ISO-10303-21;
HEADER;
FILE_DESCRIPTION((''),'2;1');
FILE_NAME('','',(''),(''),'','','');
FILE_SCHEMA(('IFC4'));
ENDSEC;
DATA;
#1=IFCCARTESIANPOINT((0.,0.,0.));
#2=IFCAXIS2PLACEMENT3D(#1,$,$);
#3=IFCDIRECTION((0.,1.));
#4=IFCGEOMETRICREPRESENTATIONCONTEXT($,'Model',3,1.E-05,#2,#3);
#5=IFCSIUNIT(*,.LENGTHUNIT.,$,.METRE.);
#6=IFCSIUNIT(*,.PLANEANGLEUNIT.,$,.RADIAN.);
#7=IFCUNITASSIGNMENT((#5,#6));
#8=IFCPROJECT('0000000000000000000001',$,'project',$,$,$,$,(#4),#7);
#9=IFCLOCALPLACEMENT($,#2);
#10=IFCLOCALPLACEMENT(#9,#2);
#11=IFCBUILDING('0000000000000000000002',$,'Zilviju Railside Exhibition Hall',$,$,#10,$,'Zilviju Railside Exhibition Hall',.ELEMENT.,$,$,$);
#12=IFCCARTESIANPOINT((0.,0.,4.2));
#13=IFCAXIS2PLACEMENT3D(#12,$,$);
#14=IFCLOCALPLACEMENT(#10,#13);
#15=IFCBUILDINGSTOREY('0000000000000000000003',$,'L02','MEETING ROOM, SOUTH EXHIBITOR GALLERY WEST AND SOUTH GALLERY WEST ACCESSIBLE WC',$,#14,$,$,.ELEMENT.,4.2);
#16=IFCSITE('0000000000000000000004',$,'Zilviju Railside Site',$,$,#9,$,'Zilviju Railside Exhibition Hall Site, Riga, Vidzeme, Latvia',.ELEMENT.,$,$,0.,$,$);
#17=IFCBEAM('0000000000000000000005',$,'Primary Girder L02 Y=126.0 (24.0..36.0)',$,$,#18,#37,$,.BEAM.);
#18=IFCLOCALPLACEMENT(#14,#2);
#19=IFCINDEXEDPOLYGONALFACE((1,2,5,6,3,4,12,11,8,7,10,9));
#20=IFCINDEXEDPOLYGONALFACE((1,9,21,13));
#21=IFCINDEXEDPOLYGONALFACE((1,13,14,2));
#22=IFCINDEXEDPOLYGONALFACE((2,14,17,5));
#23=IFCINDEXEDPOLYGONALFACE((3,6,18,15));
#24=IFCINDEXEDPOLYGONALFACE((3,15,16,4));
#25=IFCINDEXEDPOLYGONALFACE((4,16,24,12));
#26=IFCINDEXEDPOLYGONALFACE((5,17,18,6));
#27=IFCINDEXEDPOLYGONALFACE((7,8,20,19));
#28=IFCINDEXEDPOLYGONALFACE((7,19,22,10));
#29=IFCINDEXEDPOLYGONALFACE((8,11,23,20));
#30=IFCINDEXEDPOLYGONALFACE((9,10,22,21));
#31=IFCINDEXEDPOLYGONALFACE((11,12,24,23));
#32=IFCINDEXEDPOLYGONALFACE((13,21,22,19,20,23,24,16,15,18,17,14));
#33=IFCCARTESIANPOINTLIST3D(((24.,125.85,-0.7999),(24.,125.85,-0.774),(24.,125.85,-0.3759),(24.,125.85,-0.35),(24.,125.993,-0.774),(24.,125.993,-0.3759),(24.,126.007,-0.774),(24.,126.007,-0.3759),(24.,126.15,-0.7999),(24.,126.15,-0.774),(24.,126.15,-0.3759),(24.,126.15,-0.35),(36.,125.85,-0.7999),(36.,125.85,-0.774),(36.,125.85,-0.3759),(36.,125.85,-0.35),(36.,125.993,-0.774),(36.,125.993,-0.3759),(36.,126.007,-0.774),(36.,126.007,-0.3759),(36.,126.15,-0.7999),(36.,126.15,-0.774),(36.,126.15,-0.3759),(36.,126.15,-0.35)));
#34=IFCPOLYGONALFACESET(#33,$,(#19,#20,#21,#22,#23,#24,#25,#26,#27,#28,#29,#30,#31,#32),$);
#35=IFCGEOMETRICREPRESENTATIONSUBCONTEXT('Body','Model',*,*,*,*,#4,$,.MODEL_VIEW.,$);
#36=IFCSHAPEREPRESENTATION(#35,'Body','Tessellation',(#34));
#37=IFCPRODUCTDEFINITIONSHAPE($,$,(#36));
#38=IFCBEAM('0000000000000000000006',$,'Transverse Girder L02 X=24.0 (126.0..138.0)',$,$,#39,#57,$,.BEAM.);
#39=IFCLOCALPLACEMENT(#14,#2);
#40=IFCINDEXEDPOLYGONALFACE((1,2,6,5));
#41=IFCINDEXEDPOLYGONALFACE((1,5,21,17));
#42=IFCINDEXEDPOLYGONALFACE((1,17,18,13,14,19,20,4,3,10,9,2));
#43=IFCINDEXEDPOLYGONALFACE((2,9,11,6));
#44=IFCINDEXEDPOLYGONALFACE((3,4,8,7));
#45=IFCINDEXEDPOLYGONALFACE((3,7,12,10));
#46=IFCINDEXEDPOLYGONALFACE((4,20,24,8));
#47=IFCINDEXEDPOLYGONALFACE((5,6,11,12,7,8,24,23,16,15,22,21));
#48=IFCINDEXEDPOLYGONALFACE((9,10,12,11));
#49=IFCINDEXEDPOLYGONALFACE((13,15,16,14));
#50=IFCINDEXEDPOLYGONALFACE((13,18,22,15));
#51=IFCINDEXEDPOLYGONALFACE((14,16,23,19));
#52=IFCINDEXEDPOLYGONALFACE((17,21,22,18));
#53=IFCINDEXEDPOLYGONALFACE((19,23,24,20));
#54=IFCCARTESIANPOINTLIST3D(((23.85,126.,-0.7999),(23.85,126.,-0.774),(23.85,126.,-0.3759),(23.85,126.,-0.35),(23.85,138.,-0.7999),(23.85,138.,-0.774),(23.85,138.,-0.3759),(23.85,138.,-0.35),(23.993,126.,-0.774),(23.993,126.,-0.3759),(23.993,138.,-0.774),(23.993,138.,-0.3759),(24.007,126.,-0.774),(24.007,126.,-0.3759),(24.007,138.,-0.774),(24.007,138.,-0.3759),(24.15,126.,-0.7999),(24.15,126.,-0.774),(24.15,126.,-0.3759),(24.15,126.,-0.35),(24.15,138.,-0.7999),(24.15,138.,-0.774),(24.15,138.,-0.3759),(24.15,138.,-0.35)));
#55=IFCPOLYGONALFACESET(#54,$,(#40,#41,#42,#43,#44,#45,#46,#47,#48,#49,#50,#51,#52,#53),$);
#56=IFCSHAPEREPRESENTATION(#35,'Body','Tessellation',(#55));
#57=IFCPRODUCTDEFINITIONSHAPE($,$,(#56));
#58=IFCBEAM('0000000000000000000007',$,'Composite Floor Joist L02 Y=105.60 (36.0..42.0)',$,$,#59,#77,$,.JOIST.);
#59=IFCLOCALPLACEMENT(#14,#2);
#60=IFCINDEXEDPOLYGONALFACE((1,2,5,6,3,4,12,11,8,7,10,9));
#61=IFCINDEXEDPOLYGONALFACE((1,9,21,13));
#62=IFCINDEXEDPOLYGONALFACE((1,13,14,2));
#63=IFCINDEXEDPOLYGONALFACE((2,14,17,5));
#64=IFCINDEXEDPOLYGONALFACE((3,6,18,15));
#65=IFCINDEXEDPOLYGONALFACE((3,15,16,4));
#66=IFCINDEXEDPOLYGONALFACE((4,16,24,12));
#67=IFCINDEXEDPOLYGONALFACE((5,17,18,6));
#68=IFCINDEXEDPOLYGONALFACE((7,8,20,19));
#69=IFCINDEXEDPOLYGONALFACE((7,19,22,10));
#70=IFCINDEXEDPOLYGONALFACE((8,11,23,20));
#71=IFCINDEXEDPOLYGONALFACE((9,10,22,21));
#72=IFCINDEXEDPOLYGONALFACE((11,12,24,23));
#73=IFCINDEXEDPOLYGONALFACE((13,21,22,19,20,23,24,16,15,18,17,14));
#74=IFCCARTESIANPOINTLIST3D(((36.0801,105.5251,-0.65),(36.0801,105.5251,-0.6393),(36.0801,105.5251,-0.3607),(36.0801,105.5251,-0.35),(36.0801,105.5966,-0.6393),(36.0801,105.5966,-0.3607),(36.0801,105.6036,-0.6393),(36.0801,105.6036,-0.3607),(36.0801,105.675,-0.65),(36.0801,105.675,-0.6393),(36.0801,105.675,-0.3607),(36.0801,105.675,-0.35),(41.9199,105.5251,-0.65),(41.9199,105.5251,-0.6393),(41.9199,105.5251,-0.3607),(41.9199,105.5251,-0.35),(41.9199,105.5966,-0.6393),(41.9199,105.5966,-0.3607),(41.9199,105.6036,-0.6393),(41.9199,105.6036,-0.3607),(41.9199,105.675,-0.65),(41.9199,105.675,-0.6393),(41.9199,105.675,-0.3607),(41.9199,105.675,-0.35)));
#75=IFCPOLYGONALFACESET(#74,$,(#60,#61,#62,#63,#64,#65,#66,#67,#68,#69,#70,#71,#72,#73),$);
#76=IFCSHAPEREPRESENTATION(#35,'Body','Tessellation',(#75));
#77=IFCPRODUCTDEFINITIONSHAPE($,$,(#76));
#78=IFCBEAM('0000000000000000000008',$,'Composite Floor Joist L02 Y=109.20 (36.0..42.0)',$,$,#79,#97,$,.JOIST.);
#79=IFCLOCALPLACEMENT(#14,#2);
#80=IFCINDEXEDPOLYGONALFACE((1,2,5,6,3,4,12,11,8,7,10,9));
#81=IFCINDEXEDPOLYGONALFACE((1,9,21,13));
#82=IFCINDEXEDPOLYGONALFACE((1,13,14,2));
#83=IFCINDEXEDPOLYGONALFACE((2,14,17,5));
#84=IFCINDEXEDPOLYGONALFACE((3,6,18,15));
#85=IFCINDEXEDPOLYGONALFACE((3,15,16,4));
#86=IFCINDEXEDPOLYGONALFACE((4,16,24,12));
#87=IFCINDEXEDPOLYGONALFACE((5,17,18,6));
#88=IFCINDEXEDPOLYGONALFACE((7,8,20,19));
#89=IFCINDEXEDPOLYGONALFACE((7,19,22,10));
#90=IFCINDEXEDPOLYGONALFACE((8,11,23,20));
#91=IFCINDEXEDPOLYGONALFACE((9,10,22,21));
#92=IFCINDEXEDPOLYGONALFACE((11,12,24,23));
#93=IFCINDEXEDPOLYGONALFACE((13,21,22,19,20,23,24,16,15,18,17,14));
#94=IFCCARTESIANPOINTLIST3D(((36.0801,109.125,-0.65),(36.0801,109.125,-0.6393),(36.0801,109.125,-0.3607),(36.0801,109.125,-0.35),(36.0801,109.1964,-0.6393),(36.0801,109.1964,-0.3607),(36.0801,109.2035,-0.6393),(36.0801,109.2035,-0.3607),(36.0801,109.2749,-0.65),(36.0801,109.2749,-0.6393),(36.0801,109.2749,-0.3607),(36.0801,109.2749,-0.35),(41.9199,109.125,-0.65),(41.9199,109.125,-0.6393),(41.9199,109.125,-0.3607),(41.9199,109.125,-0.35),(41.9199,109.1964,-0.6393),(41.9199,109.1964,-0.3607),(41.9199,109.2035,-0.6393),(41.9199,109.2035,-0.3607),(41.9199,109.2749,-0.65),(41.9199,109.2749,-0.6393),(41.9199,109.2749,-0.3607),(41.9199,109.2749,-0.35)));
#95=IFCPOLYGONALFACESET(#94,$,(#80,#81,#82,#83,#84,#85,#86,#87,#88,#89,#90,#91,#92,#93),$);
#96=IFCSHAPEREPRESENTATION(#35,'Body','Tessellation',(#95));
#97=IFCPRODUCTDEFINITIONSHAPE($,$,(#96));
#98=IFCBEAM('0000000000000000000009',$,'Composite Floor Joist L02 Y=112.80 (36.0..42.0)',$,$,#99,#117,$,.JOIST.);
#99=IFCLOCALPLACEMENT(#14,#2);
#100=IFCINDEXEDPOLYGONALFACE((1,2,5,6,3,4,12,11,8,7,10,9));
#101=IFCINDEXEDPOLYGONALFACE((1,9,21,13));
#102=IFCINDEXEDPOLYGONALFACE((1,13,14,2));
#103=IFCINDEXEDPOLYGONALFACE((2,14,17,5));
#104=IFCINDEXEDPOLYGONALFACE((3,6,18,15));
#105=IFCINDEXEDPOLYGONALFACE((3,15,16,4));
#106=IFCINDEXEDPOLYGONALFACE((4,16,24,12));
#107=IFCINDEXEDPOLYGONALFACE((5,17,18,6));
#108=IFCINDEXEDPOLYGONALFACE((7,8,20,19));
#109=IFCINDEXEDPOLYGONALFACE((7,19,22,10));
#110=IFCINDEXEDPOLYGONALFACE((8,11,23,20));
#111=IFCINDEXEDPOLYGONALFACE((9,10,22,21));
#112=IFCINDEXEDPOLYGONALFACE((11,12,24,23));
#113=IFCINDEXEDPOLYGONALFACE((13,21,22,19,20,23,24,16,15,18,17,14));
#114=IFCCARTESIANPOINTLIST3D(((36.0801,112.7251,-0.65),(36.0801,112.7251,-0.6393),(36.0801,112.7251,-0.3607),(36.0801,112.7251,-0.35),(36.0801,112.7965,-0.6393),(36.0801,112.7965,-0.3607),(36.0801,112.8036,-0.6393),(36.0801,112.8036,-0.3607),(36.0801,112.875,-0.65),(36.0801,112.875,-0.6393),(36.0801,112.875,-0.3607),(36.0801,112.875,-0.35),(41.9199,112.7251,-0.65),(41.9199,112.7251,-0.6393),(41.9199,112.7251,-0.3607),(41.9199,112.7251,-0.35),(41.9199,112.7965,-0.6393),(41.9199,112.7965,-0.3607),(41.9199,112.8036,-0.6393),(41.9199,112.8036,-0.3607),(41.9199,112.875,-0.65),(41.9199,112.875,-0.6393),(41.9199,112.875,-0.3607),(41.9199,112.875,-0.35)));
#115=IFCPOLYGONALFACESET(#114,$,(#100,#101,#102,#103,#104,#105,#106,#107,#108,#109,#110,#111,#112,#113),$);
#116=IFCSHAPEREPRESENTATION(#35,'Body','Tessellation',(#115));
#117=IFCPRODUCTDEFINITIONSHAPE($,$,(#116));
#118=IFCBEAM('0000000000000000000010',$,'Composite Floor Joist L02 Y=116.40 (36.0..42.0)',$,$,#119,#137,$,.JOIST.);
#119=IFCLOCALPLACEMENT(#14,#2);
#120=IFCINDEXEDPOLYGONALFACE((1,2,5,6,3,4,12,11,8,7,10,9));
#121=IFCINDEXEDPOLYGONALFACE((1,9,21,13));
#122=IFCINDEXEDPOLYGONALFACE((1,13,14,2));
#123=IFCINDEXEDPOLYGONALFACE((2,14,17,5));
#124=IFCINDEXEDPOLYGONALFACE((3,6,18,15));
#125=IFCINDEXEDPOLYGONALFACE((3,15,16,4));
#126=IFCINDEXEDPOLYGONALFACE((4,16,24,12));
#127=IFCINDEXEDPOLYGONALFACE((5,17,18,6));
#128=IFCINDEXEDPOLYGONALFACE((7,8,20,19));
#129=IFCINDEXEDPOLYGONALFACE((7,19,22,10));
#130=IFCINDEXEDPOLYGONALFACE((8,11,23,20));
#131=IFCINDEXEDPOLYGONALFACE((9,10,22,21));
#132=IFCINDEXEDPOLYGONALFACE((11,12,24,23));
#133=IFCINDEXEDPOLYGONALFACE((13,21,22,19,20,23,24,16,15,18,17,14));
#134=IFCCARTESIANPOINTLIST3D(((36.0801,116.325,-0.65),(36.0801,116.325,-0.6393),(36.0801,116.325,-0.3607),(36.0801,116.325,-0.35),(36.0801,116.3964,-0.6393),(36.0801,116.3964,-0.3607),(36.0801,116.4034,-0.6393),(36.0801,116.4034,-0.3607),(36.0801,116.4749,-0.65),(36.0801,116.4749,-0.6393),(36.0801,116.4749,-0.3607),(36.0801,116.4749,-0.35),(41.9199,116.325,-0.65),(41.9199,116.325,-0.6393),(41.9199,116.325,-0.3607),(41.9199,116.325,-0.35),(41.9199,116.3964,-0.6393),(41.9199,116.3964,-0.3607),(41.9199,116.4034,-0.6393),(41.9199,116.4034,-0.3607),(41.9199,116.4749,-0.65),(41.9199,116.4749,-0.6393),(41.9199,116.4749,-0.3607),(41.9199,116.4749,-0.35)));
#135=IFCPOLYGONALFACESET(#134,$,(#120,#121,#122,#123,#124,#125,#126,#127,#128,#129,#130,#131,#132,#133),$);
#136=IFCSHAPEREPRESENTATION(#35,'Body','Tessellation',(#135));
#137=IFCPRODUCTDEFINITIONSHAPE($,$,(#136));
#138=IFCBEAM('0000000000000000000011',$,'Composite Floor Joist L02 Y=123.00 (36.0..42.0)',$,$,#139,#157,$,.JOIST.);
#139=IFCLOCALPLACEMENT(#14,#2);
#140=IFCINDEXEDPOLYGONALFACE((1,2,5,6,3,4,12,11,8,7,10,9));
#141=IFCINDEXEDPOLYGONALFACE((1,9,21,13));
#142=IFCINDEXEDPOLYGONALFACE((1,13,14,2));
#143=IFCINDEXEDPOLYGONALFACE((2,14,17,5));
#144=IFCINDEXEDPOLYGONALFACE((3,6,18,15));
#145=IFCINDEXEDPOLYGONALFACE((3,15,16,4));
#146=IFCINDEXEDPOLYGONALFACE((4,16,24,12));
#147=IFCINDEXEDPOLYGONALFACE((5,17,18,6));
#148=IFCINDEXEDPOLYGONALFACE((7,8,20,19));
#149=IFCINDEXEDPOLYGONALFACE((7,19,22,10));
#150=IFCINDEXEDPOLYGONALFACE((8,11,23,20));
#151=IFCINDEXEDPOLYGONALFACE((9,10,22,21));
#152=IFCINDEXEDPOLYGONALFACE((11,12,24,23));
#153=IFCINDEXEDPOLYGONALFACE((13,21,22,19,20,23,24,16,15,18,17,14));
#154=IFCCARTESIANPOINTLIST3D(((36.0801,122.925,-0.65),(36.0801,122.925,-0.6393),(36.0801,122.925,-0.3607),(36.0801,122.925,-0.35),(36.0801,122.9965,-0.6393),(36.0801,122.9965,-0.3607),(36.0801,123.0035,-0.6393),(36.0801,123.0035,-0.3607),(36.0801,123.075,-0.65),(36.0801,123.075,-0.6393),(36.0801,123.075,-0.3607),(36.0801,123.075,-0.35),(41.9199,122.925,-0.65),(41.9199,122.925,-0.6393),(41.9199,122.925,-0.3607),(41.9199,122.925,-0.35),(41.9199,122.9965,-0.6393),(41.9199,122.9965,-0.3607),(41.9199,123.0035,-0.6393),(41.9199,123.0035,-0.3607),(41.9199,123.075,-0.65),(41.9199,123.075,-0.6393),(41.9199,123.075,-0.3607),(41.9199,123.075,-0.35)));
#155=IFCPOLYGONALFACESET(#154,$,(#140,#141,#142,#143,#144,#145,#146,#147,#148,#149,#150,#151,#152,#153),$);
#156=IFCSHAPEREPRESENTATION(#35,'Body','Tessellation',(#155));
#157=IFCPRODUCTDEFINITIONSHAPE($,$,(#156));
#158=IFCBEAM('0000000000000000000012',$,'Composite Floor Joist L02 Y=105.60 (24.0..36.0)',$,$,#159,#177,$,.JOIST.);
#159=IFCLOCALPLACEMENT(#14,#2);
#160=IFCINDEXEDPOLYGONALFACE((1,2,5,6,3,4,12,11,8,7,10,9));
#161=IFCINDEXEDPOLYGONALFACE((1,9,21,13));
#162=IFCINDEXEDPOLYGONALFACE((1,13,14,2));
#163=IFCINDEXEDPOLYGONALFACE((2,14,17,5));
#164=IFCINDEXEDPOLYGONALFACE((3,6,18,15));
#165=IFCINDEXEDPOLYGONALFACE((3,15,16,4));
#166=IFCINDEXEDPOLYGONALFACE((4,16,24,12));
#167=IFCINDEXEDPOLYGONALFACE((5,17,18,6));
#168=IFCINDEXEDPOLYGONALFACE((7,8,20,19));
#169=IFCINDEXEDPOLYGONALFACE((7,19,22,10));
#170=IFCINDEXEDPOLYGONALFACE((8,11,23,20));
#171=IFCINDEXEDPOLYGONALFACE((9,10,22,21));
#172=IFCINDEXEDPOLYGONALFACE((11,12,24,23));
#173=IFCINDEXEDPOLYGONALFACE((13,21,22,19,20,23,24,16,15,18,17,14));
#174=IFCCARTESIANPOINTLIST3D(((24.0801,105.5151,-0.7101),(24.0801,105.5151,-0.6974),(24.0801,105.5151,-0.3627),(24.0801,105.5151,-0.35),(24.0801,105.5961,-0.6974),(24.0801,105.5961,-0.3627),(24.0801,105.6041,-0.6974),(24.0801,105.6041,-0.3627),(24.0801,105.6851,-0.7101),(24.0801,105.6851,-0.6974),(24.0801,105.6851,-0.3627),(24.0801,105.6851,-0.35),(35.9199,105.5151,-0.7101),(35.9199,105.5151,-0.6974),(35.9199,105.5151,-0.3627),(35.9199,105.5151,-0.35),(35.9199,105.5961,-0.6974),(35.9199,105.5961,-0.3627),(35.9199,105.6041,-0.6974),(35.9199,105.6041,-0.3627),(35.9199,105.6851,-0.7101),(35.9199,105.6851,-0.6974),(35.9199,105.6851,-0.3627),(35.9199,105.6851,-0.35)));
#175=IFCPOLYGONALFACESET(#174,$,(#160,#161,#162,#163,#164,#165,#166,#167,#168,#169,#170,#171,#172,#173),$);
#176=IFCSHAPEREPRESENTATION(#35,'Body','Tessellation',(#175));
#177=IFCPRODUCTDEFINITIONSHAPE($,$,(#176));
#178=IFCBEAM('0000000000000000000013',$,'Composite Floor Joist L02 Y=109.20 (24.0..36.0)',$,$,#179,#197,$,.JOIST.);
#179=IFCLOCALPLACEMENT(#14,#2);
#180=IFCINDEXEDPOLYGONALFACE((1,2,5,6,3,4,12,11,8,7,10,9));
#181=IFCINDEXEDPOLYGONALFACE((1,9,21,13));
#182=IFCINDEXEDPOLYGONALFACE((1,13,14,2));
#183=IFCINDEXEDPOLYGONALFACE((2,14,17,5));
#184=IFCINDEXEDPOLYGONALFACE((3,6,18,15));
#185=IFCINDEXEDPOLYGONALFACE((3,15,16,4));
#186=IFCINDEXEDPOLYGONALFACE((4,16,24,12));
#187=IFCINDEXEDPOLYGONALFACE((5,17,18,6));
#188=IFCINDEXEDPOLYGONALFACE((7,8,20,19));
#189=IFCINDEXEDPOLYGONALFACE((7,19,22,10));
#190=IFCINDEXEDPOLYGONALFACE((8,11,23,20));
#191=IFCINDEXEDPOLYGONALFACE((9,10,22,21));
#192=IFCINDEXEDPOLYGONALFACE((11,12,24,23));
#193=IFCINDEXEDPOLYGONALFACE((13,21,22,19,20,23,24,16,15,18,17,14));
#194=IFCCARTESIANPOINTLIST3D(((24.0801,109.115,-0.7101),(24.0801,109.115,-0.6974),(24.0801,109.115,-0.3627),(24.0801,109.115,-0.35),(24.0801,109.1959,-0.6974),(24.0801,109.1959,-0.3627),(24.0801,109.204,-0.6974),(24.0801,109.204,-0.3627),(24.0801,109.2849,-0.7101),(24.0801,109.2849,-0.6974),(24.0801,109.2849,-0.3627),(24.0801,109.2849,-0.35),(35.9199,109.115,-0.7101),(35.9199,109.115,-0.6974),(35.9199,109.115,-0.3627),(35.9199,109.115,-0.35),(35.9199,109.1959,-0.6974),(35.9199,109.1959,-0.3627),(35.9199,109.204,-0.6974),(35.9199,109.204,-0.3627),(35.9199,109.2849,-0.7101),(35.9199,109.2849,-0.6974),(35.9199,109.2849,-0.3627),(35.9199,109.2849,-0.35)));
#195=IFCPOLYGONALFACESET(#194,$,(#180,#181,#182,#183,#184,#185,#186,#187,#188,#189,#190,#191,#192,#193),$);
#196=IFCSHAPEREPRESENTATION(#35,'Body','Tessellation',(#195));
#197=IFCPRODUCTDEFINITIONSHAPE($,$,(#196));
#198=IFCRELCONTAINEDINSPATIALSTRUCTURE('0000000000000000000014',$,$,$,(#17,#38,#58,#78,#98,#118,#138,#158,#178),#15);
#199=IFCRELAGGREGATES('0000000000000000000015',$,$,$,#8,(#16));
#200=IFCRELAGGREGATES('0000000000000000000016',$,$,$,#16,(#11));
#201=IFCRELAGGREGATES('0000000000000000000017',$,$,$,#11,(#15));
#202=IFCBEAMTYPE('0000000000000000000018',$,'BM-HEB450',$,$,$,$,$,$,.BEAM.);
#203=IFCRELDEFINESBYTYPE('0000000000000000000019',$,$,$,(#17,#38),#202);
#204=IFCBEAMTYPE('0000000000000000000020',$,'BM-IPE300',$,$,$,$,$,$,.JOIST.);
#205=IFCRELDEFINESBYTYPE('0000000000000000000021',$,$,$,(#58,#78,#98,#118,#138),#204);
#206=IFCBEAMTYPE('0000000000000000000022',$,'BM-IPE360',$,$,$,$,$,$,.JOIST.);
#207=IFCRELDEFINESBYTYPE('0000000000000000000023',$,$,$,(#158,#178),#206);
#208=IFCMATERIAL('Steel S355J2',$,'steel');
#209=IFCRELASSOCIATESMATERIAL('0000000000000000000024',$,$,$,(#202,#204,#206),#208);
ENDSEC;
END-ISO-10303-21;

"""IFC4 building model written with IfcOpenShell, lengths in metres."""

from ifc_helpers import new_model, si_unit, direction, frame, origin, origin_2d, place, context, subcontext, project, spatial, i_section, extrude, material, material_profile, profile_set, type_object, element, save


model = new_model("IFC4")

# Units and contexts
model_context = context("Model", 3, precision=1e-05, world=origin(), true_north=direction((0.0, 1.0)))
body_context = subcontext(model_context, "Body", "Model", "MODEL_VIEW")
ifc_project = project(units=[si_unit("LENGTHUNIT", "METRE"), si_unit("PLANEANGLEUNIT", "RADIAN")], contexts=[model_context])

# Site, building, storey
site_placement = place(None, origin())
site = spatial("IfcSite", under=ifc_project, at=site_placement, Name="Zilviju Railside Site", LongName="Zilviju Railside Exhibition Hall Site, Riga, Vidzeme, Latvia", CompositionType="ELEMENT", RefElevation=0.0)
building_placement = place(site_placement, origin())
building = spatial("IfcBuilding", under=site, at=building_placement, Name="Zilviju Railside Exhibition Hall", LongName="Zilviju Railside Exhibition Hall", CompositionType="ELEMENT")
storey_placement = place(building_placement, frame((0.0, 0.0, 4.2)))
storey = spatial("IfcBuildingStorey", under=building, at=storey_placement, Name="L02", Description="MEETING ROOM, SOUTH EXHIBITOR GALLERY WEST AND SOUTH GALLERY WEST ACCESSIBLE WC", CompositionType="ELEMENT", Elevation=4.2)

# Beams
ifc_material_1 = material(Name="Steel S355J2", Category="steel")
ifc_material_profile_1 = material_profile(ifc_material_1, i_section(OverallWidth=0.3, OverallDepth=0.45, WebThickness=0.0139, FlangeThickness=0.0259, at=origin_2d()), Name="HEB 450")
ifc_profile_set_1 = profile_set([ifc_material_profile_1], Name="Steel S355J2")
beam_type_1 = type_object("IfcBeamType", Name="BM-HEB450", PredefinedType="BEAM", material=ifc_profile_set_1)
for number, where, z_axis, x_axis, name in (
    (1, (24.0, 126.0, -0.575), (1.0, 0.0, 0.0), (0.0, 1.0, 0.0), "Primary Girder L02 Y=126.0 (24.0..36.0)"),
    (2, (24.0, 126.0, -0.575), (0.0, 1.0, 0.0), (-1.0, 0.0, 0.0), "Transverse Girder L02 X=24.0 (126.0..138.0)"),
):
    element("IfcBeam", number, at=place(storey_placement, frame(where, z_axis=z_axis, x_axis=x_axis)), inside=storey, type_object=beam_type_1, Name=name, PredefinedType="BEAM", context=body_context, shape_type="SweptSolid", body=[
        extrude(i_section(OverallWidth=0.3, OverallDepth=0.45, WebThickness=0.0139, FlangeThickness=0.0259, at=origin_2d()), origin(), (0.0, 0.0, 1.0), 12.0),
    ])
ifc_material_profile_2 = material_profile(ifc_material_1, i_section(OverallWidth=0.1499, OverallDepth=0.3, WebThickness=0.0071, FlangeThickness=0.0107, at=origin_2d()), Name="IPE 300")
ifc_profile_set_2 = profile_set([ifc_material_profile_2], Name="Steel S355J2")
beam_type_2 = type_object("IfcBeamType", Name="BM-IPE300", PredefinedType="JOIST", material=ifc_profile_set_2)
for number, where, z_axis, x_axis, name in (
    (3, (36.0801, 105.6001, -0.5), (1.0, 0.0, 0.0), (0.0, 1.0, 0.0), "Composite Floor Joist L02 Y=105.60 (36.0..42.0)"),
    (4, (36.0801, 109.2, -0.5), (1.0, 0.0, 0.0), (0.0, 1.0, 0.0), "Composite Floor Joist L02 Y=109.20 (36.0..42.0)"),
    (5, (36.0801, 112.8, -0.5), (1.0, 0.0, 0.0), (0.0, 1.0, 0.0), "Composite Floor Joist L02 Y=112.80 (36.0..42.0)"),
    (6, (36.0801, 116.3999, -0.5), (1.0, 0.0, 0.0), (0.0, 1.0, 0.0), "Composite Floor Joist L02 Y=116.40 (36.0..42.0)"),
    (7, (36.0801, 123.0, -0.5), (1.0, 0.0, 0.0), (0.0, 1.0, 0.0), "Composite Floor Joist L02 Y=123.00 (36.0..42.0)"),
):
    element("IfcBeam", number, at=place(storey_placement, frame(where, z_axis=z_axis, x_axis=x_axis)), inside=storey, type_object=beam_type_2, Name=name, PredefinedType="JOIST", context=body_context, shape_type="SweptSolid", body=[
        extrude(i_section(OverallWidth=0.1499, OverallDepth=0.3, WebThickness=0.0071, FlangeThickness=0.0107, at=origin_2d()), origin(), (0.0, 0.0, 1.0), 5.8398),
    ])
ifc_material_profile_3 = material_profile(ifc_material_1, i_section(OverallWidth=0.1699, OverallDepth=0.3601, WebThickness=0.0081, FlangeThickness=0.0127, at=origin_2d()), Name="IPE 360")
ifc_profile_set_3 = profile_set([ifc_material_profile_3], Name="Steel S355J2")
beam_type_3 = type_object("IfcBeamType", Name="BM-IPE360", PredefinedType="JOIST", material=ifc_profile_set_3)
for number, where, z_axis, x_axis, name in (
    (8, (24.0801, 105.6001, -0.53), (1.0, 0.0, 0.0), (0.0, 1.0, 0.0), "Composite Floor Joist L02 Y=105.60 (24.0..36.0)"),
    (9, (24.0801, 109.2, -0.53), (1.0, 0.0, 0.0), (0.0, 1.0, 0.0), "Composite Floor Joist L02 Y=109.20 (24.0..36.0)"),
):
    element("IfcBeam", number, at=place(storey_placement, frame(where, z_axis=z_axis, x_axis=x_axis)), inside=storey, type_object=beam_type_3, Name=name, PredefinedType="JOIST", context=body_context, shape_type="SweptSolid", body=[
        extrude(i_section(OverallWidth=0.1699, OverallDepth=0.3601, WebThickness=0.0081, FlangeThickness=0.0127, at=origin_2d()), origin(), (0.0, 0.0, 1.0), 11.8398),
    ])

save(model, "model.ifc")
